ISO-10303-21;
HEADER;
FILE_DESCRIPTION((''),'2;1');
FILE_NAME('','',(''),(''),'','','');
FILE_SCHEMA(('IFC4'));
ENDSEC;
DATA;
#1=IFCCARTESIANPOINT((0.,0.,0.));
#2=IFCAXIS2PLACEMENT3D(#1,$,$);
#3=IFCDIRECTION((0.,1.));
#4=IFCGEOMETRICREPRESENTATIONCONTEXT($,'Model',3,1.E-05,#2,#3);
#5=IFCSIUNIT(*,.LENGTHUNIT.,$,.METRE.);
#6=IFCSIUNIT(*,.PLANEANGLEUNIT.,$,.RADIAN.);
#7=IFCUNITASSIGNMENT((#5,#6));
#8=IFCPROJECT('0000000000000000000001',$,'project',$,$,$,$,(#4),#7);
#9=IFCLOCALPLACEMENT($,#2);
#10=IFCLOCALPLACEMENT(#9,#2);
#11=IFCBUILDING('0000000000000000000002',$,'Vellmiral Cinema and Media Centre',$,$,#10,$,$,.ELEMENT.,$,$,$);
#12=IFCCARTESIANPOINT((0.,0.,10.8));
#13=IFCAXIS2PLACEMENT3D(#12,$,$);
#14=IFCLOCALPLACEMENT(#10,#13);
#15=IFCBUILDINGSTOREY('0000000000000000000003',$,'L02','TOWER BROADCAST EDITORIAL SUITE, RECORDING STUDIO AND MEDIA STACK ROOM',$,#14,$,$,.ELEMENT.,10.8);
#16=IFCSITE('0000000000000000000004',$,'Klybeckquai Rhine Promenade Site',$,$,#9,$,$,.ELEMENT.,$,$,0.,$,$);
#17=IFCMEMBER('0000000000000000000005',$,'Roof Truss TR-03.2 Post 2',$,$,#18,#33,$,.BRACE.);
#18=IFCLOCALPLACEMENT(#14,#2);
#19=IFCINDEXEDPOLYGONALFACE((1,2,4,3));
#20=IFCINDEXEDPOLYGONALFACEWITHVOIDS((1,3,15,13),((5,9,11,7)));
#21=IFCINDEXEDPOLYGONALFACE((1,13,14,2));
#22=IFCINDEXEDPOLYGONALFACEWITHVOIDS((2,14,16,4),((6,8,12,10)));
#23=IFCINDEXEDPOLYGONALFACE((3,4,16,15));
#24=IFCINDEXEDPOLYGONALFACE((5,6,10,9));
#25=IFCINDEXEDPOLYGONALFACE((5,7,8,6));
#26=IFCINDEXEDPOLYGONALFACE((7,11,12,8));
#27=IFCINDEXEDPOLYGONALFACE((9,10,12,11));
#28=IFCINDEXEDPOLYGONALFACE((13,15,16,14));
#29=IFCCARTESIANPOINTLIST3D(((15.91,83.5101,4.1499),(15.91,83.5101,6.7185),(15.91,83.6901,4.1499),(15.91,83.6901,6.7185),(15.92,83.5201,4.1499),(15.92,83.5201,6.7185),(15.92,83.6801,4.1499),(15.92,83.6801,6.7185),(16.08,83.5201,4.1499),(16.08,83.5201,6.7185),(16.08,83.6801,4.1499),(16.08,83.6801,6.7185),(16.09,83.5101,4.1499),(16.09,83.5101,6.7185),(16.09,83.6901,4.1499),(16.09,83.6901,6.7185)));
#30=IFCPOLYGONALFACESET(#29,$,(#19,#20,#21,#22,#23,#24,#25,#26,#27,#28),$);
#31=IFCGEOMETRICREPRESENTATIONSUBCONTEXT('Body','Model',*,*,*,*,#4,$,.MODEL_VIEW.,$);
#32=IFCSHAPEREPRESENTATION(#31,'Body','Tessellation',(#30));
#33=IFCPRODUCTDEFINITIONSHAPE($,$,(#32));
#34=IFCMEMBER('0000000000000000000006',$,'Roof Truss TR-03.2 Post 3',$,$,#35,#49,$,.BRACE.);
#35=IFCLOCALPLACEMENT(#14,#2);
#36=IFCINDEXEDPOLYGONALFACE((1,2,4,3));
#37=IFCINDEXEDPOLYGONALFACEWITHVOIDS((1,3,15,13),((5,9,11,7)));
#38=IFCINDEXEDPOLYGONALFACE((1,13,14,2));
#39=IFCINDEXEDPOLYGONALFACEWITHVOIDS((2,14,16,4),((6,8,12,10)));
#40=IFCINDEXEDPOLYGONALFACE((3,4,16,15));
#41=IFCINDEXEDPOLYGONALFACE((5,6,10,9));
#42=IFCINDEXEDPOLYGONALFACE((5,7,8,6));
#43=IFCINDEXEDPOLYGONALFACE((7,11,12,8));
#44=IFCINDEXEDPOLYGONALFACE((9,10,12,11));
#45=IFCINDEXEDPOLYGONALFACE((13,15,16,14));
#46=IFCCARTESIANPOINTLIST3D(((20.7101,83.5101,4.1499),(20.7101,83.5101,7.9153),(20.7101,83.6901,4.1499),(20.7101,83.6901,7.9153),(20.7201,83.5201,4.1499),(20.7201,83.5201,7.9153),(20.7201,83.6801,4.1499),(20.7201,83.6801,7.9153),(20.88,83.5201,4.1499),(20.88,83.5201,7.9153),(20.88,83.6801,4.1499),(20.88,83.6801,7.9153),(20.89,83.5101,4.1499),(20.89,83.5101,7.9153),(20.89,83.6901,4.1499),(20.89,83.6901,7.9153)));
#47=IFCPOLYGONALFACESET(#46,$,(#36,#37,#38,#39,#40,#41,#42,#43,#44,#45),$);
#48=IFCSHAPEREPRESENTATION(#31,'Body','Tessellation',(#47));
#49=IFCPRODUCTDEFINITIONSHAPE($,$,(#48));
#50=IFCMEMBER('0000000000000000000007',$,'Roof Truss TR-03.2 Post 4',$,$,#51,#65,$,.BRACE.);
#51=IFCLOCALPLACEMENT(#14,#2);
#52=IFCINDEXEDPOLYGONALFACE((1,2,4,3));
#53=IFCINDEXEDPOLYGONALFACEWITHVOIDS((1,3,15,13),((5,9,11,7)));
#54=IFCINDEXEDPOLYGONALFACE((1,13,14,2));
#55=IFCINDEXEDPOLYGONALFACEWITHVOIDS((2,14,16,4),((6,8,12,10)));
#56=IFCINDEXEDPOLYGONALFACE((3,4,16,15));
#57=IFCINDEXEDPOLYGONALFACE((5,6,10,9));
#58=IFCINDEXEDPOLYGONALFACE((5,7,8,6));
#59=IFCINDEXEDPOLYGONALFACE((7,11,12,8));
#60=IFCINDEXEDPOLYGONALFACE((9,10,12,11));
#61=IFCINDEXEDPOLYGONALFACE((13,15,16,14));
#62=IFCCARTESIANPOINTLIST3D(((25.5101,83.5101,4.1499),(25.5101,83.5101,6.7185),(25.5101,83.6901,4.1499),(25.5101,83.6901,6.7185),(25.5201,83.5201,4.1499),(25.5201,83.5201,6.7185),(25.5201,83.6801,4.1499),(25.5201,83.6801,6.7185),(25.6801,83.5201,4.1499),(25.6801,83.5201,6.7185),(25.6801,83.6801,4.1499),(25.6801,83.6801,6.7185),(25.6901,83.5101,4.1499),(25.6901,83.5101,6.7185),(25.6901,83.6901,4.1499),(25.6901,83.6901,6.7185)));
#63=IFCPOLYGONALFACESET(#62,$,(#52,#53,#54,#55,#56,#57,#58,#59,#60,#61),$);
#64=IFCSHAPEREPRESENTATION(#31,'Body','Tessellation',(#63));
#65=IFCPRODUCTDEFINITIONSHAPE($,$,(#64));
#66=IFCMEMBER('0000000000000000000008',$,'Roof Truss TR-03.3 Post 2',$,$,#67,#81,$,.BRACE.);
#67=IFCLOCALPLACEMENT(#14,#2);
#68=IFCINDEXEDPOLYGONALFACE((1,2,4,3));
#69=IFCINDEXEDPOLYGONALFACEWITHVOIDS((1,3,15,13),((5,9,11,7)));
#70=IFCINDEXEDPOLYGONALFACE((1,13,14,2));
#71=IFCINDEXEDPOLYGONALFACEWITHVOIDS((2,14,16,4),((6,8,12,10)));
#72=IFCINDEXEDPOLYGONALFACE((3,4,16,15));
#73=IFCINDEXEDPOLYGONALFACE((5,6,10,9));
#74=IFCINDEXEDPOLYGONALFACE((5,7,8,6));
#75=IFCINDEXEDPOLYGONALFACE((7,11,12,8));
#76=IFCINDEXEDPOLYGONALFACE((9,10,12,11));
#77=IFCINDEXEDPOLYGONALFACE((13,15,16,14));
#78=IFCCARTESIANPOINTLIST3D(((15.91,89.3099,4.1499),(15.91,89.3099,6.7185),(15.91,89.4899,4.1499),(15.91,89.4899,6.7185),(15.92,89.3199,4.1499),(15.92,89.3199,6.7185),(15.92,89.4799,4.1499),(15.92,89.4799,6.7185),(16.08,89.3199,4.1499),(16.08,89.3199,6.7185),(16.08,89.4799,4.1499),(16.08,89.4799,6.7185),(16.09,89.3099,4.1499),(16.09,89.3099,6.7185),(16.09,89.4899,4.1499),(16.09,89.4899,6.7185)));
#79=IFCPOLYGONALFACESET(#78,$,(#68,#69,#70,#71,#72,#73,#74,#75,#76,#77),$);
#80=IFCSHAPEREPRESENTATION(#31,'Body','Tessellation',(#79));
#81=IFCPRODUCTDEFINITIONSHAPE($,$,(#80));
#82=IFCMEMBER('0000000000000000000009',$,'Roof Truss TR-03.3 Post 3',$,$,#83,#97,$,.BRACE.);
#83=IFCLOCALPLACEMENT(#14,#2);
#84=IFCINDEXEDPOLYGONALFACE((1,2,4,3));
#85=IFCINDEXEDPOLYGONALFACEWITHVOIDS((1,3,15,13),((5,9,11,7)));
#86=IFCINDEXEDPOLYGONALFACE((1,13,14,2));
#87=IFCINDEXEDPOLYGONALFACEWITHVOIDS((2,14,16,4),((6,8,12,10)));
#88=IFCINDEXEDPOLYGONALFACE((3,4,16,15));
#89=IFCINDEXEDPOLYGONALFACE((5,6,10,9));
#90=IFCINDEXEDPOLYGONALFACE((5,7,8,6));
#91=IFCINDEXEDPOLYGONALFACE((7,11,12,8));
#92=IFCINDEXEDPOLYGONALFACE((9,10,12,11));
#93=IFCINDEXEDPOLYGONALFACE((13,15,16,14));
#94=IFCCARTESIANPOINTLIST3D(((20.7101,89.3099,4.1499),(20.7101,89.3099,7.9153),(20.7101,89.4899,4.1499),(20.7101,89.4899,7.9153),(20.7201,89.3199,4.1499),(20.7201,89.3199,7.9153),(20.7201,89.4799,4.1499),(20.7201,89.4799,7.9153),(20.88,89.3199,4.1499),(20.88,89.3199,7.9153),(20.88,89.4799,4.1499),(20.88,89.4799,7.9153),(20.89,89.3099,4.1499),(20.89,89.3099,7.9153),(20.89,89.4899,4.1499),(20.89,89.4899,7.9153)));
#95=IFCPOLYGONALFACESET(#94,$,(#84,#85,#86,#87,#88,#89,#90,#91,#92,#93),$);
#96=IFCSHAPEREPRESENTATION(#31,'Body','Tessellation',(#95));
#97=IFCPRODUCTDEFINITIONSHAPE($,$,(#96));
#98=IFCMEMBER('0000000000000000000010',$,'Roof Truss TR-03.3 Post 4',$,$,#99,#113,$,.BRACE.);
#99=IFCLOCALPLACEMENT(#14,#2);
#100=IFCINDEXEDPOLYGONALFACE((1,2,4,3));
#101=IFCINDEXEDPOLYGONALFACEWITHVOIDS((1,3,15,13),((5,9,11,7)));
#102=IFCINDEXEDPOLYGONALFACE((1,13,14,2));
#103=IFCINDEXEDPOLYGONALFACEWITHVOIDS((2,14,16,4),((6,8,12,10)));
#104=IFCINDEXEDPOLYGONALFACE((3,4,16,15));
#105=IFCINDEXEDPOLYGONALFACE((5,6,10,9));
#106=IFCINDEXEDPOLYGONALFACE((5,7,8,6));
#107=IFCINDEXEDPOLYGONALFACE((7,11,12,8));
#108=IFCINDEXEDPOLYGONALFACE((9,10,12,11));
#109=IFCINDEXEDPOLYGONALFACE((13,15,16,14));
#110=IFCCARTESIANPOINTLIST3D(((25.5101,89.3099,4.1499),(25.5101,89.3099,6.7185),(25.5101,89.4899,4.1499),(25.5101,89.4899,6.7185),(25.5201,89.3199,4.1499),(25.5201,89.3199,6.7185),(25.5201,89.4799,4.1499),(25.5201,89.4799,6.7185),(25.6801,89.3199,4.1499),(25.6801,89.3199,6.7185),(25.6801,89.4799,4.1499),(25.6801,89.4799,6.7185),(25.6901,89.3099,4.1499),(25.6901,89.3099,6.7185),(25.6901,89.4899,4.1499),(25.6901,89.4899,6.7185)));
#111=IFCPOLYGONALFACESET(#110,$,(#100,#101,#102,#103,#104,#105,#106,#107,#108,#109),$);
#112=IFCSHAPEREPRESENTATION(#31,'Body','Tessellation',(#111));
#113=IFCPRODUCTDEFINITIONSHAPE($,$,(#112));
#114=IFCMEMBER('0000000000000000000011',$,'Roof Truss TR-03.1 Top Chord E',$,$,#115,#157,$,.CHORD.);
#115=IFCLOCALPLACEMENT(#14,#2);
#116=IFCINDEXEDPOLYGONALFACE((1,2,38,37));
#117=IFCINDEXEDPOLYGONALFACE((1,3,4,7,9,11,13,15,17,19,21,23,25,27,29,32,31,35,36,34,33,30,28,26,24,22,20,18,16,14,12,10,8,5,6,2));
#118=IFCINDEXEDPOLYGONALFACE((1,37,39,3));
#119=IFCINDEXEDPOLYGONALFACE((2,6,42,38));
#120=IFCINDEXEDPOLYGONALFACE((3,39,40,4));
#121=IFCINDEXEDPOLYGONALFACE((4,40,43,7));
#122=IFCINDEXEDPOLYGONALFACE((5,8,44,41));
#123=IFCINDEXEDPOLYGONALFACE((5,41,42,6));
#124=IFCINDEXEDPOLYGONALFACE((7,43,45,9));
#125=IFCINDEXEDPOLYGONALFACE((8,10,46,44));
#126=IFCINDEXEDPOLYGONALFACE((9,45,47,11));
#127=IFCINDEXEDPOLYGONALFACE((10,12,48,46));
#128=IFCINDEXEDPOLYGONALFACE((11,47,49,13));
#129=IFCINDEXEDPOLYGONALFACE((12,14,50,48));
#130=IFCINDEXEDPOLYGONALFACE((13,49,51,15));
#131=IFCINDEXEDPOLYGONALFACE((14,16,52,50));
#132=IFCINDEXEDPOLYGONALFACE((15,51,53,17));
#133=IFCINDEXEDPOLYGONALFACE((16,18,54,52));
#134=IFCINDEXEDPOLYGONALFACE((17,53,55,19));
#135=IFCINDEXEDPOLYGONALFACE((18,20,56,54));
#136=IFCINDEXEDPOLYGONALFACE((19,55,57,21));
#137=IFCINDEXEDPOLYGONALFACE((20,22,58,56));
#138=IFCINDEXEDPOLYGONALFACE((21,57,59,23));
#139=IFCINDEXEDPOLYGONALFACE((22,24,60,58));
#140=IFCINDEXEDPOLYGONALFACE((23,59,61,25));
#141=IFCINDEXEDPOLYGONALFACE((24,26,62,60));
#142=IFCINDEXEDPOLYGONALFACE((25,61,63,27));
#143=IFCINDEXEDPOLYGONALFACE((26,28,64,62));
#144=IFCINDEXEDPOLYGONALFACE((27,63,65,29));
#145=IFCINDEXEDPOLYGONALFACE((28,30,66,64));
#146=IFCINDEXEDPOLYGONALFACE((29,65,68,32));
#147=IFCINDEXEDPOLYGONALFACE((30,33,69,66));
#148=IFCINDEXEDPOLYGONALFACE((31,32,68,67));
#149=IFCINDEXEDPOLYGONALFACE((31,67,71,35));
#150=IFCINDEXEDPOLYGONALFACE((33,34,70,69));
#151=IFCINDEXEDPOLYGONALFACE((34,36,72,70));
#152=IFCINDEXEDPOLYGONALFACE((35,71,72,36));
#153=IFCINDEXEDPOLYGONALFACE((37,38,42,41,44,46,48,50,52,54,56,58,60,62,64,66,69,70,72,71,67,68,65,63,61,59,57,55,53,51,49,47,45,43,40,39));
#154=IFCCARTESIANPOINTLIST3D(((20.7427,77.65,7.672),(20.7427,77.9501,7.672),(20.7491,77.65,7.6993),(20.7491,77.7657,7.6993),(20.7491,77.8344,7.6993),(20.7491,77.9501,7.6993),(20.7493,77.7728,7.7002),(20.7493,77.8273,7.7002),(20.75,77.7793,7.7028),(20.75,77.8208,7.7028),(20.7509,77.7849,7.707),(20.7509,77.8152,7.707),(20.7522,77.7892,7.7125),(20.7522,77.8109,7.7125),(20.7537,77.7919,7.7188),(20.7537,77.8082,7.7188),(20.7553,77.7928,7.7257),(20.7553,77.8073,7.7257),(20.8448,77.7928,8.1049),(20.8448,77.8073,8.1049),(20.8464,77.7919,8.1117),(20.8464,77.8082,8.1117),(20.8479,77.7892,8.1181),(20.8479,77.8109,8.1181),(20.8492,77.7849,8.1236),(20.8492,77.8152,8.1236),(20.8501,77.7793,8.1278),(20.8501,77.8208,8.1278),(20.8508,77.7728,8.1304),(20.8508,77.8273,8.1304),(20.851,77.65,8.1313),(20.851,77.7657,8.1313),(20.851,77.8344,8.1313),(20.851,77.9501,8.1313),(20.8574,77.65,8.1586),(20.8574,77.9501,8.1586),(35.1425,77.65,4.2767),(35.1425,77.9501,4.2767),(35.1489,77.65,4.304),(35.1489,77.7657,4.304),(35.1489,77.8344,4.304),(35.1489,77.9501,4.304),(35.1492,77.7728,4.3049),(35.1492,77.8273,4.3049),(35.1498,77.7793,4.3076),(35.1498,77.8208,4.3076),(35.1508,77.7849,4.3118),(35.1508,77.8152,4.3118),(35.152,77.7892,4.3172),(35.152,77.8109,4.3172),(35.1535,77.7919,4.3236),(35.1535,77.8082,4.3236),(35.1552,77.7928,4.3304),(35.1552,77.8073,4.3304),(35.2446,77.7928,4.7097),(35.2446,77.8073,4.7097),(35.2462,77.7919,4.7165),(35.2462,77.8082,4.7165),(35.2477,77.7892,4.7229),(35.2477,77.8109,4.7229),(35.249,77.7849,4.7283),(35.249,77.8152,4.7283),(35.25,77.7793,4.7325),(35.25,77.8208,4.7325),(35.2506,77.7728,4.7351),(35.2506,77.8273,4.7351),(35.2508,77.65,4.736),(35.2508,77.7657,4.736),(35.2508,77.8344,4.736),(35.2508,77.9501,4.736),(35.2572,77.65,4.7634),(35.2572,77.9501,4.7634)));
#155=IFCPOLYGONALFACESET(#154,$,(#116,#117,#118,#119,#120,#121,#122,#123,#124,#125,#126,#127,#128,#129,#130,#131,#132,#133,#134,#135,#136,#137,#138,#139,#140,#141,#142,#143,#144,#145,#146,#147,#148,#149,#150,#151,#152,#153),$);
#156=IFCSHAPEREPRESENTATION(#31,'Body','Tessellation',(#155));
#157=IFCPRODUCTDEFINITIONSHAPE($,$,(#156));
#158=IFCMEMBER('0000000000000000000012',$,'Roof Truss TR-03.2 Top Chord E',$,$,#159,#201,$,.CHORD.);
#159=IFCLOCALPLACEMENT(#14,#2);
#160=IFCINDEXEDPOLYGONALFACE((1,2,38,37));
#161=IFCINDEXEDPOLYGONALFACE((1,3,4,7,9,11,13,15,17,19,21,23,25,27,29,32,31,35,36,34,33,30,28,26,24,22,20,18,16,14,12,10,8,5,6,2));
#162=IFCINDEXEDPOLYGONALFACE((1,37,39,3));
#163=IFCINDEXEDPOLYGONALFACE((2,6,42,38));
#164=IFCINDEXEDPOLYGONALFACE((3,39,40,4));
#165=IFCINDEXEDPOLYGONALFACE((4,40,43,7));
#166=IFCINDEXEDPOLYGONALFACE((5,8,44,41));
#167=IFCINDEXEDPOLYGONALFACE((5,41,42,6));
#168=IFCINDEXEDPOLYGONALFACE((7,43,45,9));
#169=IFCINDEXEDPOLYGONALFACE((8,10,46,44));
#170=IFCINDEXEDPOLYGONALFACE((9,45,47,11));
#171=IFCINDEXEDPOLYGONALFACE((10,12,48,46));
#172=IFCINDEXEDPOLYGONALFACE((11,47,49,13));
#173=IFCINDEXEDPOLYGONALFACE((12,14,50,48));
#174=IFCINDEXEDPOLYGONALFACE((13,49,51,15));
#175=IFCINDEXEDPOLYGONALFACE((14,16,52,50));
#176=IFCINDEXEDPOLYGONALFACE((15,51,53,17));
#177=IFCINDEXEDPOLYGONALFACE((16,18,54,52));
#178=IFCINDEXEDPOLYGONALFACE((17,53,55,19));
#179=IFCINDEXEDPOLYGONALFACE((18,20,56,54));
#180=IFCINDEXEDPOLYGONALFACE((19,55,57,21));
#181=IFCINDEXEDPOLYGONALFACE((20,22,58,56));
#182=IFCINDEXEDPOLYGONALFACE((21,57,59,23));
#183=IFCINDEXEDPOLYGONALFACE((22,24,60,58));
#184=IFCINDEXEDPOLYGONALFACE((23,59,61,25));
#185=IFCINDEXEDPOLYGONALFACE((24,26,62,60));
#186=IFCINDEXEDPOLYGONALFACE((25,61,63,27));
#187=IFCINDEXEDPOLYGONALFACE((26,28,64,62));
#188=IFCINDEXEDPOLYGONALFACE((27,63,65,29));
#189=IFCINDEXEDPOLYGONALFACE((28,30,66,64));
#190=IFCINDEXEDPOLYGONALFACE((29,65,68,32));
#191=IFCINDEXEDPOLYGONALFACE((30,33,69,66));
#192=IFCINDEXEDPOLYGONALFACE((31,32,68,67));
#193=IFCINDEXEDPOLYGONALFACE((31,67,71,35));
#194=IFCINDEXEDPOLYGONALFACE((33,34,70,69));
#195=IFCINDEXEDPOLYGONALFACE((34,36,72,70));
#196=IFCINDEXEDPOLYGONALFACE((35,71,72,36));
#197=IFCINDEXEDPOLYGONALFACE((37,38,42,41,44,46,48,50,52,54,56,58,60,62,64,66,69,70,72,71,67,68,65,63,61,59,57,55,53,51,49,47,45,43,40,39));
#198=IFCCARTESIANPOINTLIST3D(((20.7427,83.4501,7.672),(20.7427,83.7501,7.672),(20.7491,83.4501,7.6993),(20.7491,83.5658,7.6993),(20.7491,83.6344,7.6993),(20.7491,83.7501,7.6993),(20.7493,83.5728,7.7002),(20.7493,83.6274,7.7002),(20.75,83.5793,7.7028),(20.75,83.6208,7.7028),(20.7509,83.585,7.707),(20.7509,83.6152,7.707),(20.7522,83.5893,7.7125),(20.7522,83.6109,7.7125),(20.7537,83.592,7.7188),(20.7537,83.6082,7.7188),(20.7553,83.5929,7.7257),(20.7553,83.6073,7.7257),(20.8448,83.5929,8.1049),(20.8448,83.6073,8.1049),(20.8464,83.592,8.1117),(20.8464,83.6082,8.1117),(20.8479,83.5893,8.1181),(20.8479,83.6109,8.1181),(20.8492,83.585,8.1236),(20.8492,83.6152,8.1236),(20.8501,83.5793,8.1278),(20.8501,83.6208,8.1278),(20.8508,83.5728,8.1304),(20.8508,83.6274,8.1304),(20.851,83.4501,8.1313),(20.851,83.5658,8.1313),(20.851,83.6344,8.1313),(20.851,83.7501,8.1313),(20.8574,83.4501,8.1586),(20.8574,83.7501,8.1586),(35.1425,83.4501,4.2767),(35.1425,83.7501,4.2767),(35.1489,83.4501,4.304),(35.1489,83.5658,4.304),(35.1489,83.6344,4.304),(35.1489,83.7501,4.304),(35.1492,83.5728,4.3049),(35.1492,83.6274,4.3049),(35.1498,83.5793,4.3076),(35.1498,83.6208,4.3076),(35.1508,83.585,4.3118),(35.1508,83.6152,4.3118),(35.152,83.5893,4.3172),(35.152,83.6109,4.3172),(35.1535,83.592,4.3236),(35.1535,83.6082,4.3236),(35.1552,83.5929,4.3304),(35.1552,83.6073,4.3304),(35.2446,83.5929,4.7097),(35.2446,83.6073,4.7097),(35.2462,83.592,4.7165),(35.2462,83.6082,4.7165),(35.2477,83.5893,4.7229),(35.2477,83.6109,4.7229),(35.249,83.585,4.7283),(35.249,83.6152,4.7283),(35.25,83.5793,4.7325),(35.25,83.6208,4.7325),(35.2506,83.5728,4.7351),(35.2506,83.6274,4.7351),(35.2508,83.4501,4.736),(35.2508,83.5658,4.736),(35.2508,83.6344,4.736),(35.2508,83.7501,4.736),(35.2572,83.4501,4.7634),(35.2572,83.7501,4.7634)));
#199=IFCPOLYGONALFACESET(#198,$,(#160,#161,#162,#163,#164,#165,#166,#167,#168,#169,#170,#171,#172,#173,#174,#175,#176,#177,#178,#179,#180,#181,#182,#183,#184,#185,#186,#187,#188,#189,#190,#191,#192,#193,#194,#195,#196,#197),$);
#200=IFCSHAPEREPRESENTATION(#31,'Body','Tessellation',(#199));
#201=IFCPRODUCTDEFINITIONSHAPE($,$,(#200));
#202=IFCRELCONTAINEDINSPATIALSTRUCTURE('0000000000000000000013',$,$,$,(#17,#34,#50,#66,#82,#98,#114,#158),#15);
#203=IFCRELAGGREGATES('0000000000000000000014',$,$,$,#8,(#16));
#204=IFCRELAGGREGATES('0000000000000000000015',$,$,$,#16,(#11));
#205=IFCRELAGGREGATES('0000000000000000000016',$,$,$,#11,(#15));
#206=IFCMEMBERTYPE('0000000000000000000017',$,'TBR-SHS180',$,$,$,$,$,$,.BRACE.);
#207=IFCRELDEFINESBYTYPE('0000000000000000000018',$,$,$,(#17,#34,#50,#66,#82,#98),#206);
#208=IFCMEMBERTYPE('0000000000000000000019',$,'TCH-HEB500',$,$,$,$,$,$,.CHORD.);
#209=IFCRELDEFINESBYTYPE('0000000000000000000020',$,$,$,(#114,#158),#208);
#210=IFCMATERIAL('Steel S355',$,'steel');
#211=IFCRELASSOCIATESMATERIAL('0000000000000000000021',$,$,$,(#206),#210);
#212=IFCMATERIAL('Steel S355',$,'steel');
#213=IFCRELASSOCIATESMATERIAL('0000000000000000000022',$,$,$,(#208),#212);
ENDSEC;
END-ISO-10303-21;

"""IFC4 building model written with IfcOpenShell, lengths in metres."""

from ifc_helpers import new_model, si_unit, direction, frame, origin, origin_2d, place, context, subcontext, project, spatial, hollow_rectangle, i_section, extrude, material, material_profile, profile_set, type_object, element, save


model = new_model("IFC4")

# Units and contexts
model_context = context("Model", 3, precision=1e-05, world=origin(), true_north=direction((0.0, 1.0)))
body_context = subcontext(model_context, "Body", "Model", "MODEL_VIEW")
ifc_project = project(units=[si_unit("LENGTHUNIT", "METRE"), si_unit("PLANEANGLEUNIT", "RADIAN")], contexts=[model_context])

# Site, building, storey
site_placement = place(None, origin())
site = spatial("IfcSite", under=ifc_project, at=site_placement, Name="Klybeckquai Rhine Promenade Site", CompositionType="ELEMENT", RefElevation=0.0)
building_placement = place(site_placement, origin())
building = spatial("IfcBuilding", under=site, at=building_placement, Name="Vellmiral Cinema and Media Centre", CompositionType="ELEMENT")
storey_placement = place(building_placement, frame((0.0, 0.0, 10.8)))
storey = spatial("IfcBuildingStorey", under=building, at=storey_placement, Name="L02", Description="TOWER BROADCAST EDITORIAL SUITE, RECORDING STUDIO AND MEDIA STACK ROOM", CompositionType="ELEMENT", Elevation=10.8)

# Members
ifc_material_1 = material(Name="Steel S355", Category="steel")
ifc_material_profile_1 = material_profile(ifc_material_1, hollow_rectangle(XDim=0.1799, YDim=0.1799, WallThickness=0.01, at=origin_2d()), Name="SHS 180x180x10.0")
ifc_profile_set_1 = profile_set([ifc_material_profile_1], Name="Steel S355")
member_type_1 = type_object("IfcMemberType", Name="TBR-SHS180", PredefinedType="BRACE", material=ifc_profile_set_1)
for number, where, z_axis, x_axis, name in (
    (1, (16.0, 83.6001, 4.1499), (0.0, 0.0, 1.0), (1.0, 0.0, 0.0), "Roof Truss TR-03.2 Post 2"),
):
    element("IfcMember", number, at=place(storey_placement, frame(where, z_axis=z_axis, x_axis=x_axis)), inside=storey, type_object=member_type_1, Name=name, PredefinedType="BRACE", context=body_context, shape_type="SweptSolid", body=[
        extrude(hollow_rectangle(XDim=0.1799, YDim=0.1799, WallThickness=0.01, at=origin_2d()), origin(), (0.0, 0.0, 1.0), 2.5686),
    ])
member_1_placement = place(storey_placement, frame((20.8, 83.6001, 4.1499), z_axis=(0.0, 0.0, 1.0), x_axis=(1.0, 0.0, 0.0)))
element("IfcMember", 2, at=member_1_placement, inside=storey, type_object=member_type_1, Name="Roof Truss TR-03.2 Post 3", PredefinedType="BRACE", context=body_context, shape_type="SweptSolid", body=[
    extrude(hollow_rectangle(XDim=0.1799, YDim=0.1799, WallThickness=0.01, at=origin_2d()), origin(), (0.0, 0.0, 1.0), 3.7654),
])
for number, where, z_axis, x_axis, name in (
    (3, (25.6001, 83.6001, 4.1499), (0.0, 0.0, 1.0), (1.0, 0.0, 0.0), "Roof Truss TR-03.2 Post 4"),
    (4, (16.0, 89.3999, 4.1499), (0.0, 0.0, 1.0), (1.0, 0.0, 0.0), "Roof Truss TR-03.3 Post 2"),
):
    element("IfcMember", number, at=place(storey_placement, frame(where, z_axis=z_axis, x_axis=x_axis)), inside=storey, type_object=member_type_1, Name=name, PredefinedType="BRACE", context=body_context, shape_type="SweptSolid", body=[
        extrude(hollow_rectangle(XDim=0.1799, YDim=0.1799, WallThickness=0.01, at=origin_2d()), origin(), (0.0, 0.0, 1.0), 2.5686),
    ])
member_2_placement = place(storey_placement, frame((20.8, 89.3999, 4.1499), z_axis=(0.0, 0.0, 1.0), x_axis=(1.0, 0.0, 0.0)))
element("IfcMember", 5, at=member_2_placement, inside=storey, type_object=member_type_1, Name="Roof Truss TR-03.3 Post 3", PredefinedType="BRACE", context=body_context, shape_type="SweptSolid", body=[
    extrude(hollow_rectangle(XDim=0.1799, YDim=0.1799, WallThickness=0.01, at=origin_2d()), origin(), (0.0, 0.0, 1.0), 3.7654),
])
member_3_placement = place(storey_placement, frame((25.6001, 89.3999, 4.1499), z_axis=(0.0, 0.0, 1.0), x_axis=(1.0, 0.0, 0.0)))
element("IfcMember", 6, at=member_3_placement, inside=storey, type_object=member_type_1, Name="Roof Truss TR-03.3 Post 4", PredefinedType="BRACE", context=body_context, shape_type="SweptSolid", body=[
    extrude(hollow_rectangle(XDim=0.1799, YDim=0.1799, WallThickness=0.01, at=origin_2d()), origin(), (0.0, 0.0, 1.0), 2.5686),
])
ifc_material_2 = material(Name="Steel S355", Category="steel")
ifc_material_profile_2 = material_profile(ifc_material_2, i_section(OverallWidth=0.3, OverallDepth=0.5, WebThickness=0.0144, FlangeThickness=0.0281, FilletRadius=0.0271, at=origin_2d()), Name="HEB 500")
ifc_profile_set_2 = profile_set([ifc_material_profile_2], Name="Steel S355")
member_type_2 = type_object("IfcMemberType", Name="TCH-HEB500", PredefinedType="CHORD", material=ifc_profile_set_2)
for number, where, z_axis, x_axis, name in (
    (7, (20.8, 77.8, 7.9153), (0.973311, 0.0, -0.229491), (0.0, 1.0, 0.0), "Roof Truss TR-03.1 Top Chord E"),
    (8, (20.8, 83.6001, 7.9153), (0.973311, 0.0, -0.229491), (0.0, 1.0, 0.0), "Roof Truss TR-03.2 Top Chord E"),
):
    element("IfcMember", number, at=place(storey_placement, frame(where, z_axis=z_axis, x_axis=x_axis)), inside=storey, type_object=member_type_2, Name=name, PredefinedType="CHORD", context=body_context, shape_type="SweptSolid", body=[
        extrude(i_section(OverallWidth=0.3, OverallDepth=0.5, WebThickness=0.0144, FlangeThickness=0.0281, FilletRadius=0.0271, at=origin_2d()), origin(), (0.0, 0.0, 1.0), 14.7947),
    ])

save(model, "model.ifc")
